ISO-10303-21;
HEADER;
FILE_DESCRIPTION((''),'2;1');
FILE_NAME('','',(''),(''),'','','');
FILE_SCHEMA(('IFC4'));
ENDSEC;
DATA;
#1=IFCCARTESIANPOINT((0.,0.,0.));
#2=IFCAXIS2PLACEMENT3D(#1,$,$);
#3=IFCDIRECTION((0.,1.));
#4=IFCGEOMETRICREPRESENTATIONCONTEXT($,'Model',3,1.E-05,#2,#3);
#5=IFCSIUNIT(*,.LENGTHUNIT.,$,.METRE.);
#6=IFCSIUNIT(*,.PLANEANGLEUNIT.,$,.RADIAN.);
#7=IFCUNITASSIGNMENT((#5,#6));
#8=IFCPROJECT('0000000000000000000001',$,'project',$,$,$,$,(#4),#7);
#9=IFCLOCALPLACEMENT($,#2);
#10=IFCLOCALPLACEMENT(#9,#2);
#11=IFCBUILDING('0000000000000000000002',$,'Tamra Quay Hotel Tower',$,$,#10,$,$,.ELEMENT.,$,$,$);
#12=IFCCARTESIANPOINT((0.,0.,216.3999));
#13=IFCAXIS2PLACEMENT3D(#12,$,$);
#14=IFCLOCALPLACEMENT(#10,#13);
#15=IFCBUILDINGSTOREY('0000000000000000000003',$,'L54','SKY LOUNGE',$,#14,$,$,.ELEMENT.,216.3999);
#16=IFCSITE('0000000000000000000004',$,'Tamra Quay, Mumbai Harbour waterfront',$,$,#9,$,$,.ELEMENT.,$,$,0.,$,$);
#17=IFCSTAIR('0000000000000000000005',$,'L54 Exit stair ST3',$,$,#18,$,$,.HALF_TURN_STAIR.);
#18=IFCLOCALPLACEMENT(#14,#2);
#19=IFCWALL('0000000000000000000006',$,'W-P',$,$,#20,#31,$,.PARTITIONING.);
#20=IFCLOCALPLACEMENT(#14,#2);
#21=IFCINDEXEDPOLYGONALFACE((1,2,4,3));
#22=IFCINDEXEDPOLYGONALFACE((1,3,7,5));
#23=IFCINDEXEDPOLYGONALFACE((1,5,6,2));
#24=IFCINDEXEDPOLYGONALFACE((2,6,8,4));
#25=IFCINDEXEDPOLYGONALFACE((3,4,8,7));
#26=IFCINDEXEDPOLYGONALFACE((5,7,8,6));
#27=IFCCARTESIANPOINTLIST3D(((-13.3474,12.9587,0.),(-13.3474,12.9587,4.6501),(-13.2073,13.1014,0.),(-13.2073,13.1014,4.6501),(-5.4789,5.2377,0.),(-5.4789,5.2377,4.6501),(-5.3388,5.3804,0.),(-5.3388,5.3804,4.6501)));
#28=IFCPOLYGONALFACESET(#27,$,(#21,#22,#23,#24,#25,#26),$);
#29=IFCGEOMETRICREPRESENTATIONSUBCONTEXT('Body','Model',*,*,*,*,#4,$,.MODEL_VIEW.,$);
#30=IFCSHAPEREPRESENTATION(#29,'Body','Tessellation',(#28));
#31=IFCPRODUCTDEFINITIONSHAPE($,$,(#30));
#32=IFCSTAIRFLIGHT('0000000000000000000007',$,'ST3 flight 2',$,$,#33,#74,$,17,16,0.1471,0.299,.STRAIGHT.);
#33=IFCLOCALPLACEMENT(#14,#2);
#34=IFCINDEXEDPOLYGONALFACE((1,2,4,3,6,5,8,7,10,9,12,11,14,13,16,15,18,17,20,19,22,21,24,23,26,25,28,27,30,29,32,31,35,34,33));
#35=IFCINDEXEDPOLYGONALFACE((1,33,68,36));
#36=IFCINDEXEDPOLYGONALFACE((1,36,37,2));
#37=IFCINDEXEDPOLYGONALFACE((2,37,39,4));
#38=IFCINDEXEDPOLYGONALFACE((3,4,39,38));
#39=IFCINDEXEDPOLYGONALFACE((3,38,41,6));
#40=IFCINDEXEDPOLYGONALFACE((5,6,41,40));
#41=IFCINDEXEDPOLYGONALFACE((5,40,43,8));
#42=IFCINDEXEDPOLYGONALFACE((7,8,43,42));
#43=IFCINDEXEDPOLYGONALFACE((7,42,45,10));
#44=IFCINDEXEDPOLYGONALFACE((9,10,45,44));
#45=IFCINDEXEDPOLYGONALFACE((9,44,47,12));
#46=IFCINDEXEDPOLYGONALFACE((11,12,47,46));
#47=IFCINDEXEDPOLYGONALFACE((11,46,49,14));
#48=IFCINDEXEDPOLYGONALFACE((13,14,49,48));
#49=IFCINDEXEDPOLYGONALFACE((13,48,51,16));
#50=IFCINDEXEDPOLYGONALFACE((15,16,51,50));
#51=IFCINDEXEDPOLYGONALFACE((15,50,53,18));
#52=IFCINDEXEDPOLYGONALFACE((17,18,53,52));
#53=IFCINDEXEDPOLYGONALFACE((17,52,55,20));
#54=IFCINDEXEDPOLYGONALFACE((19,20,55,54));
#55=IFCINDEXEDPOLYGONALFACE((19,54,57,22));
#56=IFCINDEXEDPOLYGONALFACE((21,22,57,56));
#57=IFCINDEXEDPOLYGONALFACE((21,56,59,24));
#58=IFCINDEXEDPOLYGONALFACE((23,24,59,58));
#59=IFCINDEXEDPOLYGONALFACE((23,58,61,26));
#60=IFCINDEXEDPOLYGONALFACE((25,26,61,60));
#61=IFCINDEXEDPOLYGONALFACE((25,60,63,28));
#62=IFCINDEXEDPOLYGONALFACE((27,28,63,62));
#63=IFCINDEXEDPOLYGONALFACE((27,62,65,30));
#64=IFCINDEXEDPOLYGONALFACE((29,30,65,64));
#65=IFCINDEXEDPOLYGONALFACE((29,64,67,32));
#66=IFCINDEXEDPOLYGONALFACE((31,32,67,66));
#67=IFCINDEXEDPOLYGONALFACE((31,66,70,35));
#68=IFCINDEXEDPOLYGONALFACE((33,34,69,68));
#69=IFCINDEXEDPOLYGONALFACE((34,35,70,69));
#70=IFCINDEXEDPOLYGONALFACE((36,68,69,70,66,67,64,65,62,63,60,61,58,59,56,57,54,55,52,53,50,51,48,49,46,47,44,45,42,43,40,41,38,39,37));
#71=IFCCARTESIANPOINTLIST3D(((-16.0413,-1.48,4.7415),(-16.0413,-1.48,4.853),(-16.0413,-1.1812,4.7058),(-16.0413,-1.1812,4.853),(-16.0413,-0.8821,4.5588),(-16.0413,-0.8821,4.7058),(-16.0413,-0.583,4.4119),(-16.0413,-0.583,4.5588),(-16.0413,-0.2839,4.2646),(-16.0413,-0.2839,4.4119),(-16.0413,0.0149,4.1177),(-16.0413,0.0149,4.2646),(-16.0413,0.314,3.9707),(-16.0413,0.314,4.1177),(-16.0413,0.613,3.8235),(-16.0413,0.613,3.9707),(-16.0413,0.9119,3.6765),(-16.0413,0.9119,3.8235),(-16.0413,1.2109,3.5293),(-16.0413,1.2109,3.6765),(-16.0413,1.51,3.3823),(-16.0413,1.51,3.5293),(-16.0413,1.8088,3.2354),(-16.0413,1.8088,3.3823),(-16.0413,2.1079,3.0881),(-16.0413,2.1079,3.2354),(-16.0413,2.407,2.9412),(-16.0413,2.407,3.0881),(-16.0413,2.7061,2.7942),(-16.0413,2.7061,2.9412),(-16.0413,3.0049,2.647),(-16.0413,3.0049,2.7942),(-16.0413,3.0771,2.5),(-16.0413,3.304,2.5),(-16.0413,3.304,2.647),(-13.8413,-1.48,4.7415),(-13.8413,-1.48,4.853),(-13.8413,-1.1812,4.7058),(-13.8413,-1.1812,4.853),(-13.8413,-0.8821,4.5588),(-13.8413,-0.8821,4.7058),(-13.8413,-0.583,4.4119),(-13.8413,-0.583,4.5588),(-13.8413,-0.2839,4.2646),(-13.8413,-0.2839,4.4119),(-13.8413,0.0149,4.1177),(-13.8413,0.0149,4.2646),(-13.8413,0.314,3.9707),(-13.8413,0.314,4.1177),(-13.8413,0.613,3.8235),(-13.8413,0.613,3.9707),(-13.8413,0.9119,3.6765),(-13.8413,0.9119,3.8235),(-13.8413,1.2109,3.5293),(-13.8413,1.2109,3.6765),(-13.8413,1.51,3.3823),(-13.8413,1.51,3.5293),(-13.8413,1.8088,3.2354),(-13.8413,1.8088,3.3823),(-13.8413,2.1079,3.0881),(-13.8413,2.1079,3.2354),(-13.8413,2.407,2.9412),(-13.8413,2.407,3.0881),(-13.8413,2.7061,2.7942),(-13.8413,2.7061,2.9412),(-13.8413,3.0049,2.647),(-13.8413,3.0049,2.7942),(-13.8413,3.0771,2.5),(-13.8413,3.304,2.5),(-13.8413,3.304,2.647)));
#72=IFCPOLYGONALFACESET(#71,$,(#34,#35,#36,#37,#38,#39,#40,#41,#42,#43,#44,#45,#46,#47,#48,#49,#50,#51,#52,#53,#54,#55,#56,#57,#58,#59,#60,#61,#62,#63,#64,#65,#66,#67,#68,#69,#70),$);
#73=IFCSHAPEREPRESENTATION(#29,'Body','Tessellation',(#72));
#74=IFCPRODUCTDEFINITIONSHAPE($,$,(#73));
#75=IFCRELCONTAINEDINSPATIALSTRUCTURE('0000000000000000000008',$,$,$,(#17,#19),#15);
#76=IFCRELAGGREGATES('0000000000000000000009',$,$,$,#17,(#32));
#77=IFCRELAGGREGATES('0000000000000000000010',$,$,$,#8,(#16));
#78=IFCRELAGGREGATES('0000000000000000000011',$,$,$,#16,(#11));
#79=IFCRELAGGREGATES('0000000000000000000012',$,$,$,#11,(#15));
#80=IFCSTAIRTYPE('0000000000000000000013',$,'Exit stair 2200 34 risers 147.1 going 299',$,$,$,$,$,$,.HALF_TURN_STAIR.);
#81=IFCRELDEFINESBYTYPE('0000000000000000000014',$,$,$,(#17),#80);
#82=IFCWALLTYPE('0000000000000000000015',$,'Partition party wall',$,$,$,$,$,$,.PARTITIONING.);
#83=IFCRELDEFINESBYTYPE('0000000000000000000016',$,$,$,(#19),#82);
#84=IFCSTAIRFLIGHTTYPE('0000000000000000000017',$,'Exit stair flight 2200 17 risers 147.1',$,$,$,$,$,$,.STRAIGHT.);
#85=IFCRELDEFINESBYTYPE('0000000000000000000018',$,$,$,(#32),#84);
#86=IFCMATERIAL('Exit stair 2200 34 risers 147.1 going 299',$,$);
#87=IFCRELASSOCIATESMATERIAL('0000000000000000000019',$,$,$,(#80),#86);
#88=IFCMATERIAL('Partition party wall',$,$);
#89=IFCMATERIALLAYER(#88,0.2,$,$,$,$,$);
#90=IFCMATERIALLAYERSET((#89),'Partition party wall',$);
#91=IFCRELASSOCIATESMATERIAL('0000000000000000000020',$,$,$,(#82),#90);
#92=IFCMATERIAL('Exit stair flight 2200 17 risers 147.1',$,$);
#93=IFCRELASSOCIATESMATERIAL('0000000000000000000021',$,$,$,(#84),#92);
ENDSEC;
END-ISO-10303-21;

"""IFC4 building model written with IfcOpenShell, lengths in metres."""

from ifc_helpers import new_model, si_unit, direction, frame, frame_2d, origin, place, context, subcontext, project, spatial, polyline, rectangle, outline, extrude, material, layer, layer_set, type_object, element, aggregate, save


model = new_model("IFC4")

# Units and contexts
model_context = context("Model", 3, precision=1e-05, world=origin(), true_north=direction((0.0, 1.0)))
body_context = subcontext(model_context, "Body", "Model", "MODEL_VIEW")
ifc_project = project(units=[si_unit("LENGTHUNIT", "METRE"), si_unit("PLANEANGLEUNIT", "RADIAN")], contexts=[model_context])

# Site, building, storey
site_placement = place(None, origin())
site = spatial("IfcSite", under=ifc_project, at=site_placement, Name="Tamra Quay, Mumbai Harbour waterfront", CompositionType="ELEMENT", RefElevation=0.0)
building_placement = place(site_placement, origin())
building = spatial("IfcBuilding", under=site, at=building_placement, Name="Tamra Quay Hotel Tower", CompositionType="ELEMENT")
storey_placement = place(building_placement, frame((0.0, 0.0, 216.3999)))
storey = spatial("IfcBuildingStorey", under=building, at=storey_placement, Name="L54", Description="SKY LOUNGE", CompositionType="ELEMENT", Elevation=216.3999)

# Stair
ifc_material_1 = material(Name="Exit stair 2200 34 risers 147.1 going 299")
stair_type = type_object("IfcStairType", Name="Exit stair 2200 34 risers 147.1 going 299", PredefinedType="HALF_TURN_STAIR", material=ifc_material_1)
stair_1_placement = place(storey_placement, origin())
stair_1 = element("IfcStair", 1, at=stair_1_placement, inside=storey, type_object=stair_type, Name="L54 Exit stair ST3", PredefinedType="HALF_TURN_STAIR")

# Wall
ifc_material_2 = material(Name="Partition party wall")
ifc_layer_1 = layer(ifc_material_2, 0.2)
ifc_layer_set_1 = layer_set([ifc_layer_1], Name="Partition party wall")
wall_type_1 = type_object("IfcWallType", Name="Partition party wall", PredefinedType="PARTITIONING", material=ifc_layer_set_1)
wall_1_placement = place(storey_placement, frame((-13.2773, 13.03, 0.0), z_axis=(0.0, 0.0, 1.0), x_axis=(0.713763, -0.700387, 0.0)))
element("IfcWall", 2, at=wall_1_placement, inside=storey, type_object=wall_type_1, Name="W-P", PredefinedType="PARTITIONING", context=body_context, shape_type="SweptSolid", body=[
    extrude(rectangle(XDim=11.0239, YDim=0.2, at=frame_2d((5.512, 0.0))), origin(), (0.0, 0.0, 1.0), 4.6501),
])

# Stair flight
ifc_material_3 = material(Name="Exit stair flight 2200 17 risers 147.1")
stair_flight_type = type_object("IfcStairFlightType", Name="Exit stair flight 2200 17 risers 147.1", PredefinedType="STRAIGHT", material=ifc_material_3)
stair_flight_placement = place(storey_placement, frame((-14.9414, 3.304, 2.5), z_axis=(0.0, 0.0, 1.0), x_axis=(0.0, -1.0, 0.0)))
stair_flight = element("IfcStairFlight", 3, at=stair_flight_placement, type_object=stair_flight_type, Name="ST3 flight 2", NumberOfRisers=17, NumberOfTreads=16, PredefinedType="STRAIGHT", RiserHeight=0.1471, TreadLength=0.299, context=body_context, shape_type="SweptSolid", body=[
    extrude(outline(polyline([(0.0, 0.0), (0.0, 0.147), (0.2991, 0.147), (0.2991, 0.2942), (0.5979, 0.2942), (0.5979, 0.4412), (0.897, 0.4412), (0.897, 0.5881), (1.196, 0.5881), (1.196, 0.7354), (1.4951, 0.7354), (1.4951, 0.8823), (1.7939, 0.8823), (1.7939, 1.0293), (2.093, 1.0293), (2.093, 1.1765), (2.3921, 1.1765), (2.3921, 1.3235), (2.6909, 1.3235), (2.6909, 1.4707), (2.99, 1.4707), (2.99, 1.6177), (3.2891, 1.6177), (3.2891, 1.7646), (3.5879, 1.7646), (3.5879, 1.9119), (3.887, 1.9119), (3.887, 2.0588), (4.186, 2.0588), (4.186, 2.2058), (4.4851, 2.2058), (4.4851, 2.353), (4.7839, 2.353), (4.7839, 2.5), (4.7839, 2.2415), (0.2268, 0.0), (0.0, 0.0)])), frame((0.0, 1.1001, 0.0), z_axis=(0.0, -1.0, 0.0), x_axis=(1.0, 0.0, 0.0)), (0.0, 0.0, 1.0), 2.2),
])
aggregate(stair_1, [stair_flight])

save(model, "model.ifc")
